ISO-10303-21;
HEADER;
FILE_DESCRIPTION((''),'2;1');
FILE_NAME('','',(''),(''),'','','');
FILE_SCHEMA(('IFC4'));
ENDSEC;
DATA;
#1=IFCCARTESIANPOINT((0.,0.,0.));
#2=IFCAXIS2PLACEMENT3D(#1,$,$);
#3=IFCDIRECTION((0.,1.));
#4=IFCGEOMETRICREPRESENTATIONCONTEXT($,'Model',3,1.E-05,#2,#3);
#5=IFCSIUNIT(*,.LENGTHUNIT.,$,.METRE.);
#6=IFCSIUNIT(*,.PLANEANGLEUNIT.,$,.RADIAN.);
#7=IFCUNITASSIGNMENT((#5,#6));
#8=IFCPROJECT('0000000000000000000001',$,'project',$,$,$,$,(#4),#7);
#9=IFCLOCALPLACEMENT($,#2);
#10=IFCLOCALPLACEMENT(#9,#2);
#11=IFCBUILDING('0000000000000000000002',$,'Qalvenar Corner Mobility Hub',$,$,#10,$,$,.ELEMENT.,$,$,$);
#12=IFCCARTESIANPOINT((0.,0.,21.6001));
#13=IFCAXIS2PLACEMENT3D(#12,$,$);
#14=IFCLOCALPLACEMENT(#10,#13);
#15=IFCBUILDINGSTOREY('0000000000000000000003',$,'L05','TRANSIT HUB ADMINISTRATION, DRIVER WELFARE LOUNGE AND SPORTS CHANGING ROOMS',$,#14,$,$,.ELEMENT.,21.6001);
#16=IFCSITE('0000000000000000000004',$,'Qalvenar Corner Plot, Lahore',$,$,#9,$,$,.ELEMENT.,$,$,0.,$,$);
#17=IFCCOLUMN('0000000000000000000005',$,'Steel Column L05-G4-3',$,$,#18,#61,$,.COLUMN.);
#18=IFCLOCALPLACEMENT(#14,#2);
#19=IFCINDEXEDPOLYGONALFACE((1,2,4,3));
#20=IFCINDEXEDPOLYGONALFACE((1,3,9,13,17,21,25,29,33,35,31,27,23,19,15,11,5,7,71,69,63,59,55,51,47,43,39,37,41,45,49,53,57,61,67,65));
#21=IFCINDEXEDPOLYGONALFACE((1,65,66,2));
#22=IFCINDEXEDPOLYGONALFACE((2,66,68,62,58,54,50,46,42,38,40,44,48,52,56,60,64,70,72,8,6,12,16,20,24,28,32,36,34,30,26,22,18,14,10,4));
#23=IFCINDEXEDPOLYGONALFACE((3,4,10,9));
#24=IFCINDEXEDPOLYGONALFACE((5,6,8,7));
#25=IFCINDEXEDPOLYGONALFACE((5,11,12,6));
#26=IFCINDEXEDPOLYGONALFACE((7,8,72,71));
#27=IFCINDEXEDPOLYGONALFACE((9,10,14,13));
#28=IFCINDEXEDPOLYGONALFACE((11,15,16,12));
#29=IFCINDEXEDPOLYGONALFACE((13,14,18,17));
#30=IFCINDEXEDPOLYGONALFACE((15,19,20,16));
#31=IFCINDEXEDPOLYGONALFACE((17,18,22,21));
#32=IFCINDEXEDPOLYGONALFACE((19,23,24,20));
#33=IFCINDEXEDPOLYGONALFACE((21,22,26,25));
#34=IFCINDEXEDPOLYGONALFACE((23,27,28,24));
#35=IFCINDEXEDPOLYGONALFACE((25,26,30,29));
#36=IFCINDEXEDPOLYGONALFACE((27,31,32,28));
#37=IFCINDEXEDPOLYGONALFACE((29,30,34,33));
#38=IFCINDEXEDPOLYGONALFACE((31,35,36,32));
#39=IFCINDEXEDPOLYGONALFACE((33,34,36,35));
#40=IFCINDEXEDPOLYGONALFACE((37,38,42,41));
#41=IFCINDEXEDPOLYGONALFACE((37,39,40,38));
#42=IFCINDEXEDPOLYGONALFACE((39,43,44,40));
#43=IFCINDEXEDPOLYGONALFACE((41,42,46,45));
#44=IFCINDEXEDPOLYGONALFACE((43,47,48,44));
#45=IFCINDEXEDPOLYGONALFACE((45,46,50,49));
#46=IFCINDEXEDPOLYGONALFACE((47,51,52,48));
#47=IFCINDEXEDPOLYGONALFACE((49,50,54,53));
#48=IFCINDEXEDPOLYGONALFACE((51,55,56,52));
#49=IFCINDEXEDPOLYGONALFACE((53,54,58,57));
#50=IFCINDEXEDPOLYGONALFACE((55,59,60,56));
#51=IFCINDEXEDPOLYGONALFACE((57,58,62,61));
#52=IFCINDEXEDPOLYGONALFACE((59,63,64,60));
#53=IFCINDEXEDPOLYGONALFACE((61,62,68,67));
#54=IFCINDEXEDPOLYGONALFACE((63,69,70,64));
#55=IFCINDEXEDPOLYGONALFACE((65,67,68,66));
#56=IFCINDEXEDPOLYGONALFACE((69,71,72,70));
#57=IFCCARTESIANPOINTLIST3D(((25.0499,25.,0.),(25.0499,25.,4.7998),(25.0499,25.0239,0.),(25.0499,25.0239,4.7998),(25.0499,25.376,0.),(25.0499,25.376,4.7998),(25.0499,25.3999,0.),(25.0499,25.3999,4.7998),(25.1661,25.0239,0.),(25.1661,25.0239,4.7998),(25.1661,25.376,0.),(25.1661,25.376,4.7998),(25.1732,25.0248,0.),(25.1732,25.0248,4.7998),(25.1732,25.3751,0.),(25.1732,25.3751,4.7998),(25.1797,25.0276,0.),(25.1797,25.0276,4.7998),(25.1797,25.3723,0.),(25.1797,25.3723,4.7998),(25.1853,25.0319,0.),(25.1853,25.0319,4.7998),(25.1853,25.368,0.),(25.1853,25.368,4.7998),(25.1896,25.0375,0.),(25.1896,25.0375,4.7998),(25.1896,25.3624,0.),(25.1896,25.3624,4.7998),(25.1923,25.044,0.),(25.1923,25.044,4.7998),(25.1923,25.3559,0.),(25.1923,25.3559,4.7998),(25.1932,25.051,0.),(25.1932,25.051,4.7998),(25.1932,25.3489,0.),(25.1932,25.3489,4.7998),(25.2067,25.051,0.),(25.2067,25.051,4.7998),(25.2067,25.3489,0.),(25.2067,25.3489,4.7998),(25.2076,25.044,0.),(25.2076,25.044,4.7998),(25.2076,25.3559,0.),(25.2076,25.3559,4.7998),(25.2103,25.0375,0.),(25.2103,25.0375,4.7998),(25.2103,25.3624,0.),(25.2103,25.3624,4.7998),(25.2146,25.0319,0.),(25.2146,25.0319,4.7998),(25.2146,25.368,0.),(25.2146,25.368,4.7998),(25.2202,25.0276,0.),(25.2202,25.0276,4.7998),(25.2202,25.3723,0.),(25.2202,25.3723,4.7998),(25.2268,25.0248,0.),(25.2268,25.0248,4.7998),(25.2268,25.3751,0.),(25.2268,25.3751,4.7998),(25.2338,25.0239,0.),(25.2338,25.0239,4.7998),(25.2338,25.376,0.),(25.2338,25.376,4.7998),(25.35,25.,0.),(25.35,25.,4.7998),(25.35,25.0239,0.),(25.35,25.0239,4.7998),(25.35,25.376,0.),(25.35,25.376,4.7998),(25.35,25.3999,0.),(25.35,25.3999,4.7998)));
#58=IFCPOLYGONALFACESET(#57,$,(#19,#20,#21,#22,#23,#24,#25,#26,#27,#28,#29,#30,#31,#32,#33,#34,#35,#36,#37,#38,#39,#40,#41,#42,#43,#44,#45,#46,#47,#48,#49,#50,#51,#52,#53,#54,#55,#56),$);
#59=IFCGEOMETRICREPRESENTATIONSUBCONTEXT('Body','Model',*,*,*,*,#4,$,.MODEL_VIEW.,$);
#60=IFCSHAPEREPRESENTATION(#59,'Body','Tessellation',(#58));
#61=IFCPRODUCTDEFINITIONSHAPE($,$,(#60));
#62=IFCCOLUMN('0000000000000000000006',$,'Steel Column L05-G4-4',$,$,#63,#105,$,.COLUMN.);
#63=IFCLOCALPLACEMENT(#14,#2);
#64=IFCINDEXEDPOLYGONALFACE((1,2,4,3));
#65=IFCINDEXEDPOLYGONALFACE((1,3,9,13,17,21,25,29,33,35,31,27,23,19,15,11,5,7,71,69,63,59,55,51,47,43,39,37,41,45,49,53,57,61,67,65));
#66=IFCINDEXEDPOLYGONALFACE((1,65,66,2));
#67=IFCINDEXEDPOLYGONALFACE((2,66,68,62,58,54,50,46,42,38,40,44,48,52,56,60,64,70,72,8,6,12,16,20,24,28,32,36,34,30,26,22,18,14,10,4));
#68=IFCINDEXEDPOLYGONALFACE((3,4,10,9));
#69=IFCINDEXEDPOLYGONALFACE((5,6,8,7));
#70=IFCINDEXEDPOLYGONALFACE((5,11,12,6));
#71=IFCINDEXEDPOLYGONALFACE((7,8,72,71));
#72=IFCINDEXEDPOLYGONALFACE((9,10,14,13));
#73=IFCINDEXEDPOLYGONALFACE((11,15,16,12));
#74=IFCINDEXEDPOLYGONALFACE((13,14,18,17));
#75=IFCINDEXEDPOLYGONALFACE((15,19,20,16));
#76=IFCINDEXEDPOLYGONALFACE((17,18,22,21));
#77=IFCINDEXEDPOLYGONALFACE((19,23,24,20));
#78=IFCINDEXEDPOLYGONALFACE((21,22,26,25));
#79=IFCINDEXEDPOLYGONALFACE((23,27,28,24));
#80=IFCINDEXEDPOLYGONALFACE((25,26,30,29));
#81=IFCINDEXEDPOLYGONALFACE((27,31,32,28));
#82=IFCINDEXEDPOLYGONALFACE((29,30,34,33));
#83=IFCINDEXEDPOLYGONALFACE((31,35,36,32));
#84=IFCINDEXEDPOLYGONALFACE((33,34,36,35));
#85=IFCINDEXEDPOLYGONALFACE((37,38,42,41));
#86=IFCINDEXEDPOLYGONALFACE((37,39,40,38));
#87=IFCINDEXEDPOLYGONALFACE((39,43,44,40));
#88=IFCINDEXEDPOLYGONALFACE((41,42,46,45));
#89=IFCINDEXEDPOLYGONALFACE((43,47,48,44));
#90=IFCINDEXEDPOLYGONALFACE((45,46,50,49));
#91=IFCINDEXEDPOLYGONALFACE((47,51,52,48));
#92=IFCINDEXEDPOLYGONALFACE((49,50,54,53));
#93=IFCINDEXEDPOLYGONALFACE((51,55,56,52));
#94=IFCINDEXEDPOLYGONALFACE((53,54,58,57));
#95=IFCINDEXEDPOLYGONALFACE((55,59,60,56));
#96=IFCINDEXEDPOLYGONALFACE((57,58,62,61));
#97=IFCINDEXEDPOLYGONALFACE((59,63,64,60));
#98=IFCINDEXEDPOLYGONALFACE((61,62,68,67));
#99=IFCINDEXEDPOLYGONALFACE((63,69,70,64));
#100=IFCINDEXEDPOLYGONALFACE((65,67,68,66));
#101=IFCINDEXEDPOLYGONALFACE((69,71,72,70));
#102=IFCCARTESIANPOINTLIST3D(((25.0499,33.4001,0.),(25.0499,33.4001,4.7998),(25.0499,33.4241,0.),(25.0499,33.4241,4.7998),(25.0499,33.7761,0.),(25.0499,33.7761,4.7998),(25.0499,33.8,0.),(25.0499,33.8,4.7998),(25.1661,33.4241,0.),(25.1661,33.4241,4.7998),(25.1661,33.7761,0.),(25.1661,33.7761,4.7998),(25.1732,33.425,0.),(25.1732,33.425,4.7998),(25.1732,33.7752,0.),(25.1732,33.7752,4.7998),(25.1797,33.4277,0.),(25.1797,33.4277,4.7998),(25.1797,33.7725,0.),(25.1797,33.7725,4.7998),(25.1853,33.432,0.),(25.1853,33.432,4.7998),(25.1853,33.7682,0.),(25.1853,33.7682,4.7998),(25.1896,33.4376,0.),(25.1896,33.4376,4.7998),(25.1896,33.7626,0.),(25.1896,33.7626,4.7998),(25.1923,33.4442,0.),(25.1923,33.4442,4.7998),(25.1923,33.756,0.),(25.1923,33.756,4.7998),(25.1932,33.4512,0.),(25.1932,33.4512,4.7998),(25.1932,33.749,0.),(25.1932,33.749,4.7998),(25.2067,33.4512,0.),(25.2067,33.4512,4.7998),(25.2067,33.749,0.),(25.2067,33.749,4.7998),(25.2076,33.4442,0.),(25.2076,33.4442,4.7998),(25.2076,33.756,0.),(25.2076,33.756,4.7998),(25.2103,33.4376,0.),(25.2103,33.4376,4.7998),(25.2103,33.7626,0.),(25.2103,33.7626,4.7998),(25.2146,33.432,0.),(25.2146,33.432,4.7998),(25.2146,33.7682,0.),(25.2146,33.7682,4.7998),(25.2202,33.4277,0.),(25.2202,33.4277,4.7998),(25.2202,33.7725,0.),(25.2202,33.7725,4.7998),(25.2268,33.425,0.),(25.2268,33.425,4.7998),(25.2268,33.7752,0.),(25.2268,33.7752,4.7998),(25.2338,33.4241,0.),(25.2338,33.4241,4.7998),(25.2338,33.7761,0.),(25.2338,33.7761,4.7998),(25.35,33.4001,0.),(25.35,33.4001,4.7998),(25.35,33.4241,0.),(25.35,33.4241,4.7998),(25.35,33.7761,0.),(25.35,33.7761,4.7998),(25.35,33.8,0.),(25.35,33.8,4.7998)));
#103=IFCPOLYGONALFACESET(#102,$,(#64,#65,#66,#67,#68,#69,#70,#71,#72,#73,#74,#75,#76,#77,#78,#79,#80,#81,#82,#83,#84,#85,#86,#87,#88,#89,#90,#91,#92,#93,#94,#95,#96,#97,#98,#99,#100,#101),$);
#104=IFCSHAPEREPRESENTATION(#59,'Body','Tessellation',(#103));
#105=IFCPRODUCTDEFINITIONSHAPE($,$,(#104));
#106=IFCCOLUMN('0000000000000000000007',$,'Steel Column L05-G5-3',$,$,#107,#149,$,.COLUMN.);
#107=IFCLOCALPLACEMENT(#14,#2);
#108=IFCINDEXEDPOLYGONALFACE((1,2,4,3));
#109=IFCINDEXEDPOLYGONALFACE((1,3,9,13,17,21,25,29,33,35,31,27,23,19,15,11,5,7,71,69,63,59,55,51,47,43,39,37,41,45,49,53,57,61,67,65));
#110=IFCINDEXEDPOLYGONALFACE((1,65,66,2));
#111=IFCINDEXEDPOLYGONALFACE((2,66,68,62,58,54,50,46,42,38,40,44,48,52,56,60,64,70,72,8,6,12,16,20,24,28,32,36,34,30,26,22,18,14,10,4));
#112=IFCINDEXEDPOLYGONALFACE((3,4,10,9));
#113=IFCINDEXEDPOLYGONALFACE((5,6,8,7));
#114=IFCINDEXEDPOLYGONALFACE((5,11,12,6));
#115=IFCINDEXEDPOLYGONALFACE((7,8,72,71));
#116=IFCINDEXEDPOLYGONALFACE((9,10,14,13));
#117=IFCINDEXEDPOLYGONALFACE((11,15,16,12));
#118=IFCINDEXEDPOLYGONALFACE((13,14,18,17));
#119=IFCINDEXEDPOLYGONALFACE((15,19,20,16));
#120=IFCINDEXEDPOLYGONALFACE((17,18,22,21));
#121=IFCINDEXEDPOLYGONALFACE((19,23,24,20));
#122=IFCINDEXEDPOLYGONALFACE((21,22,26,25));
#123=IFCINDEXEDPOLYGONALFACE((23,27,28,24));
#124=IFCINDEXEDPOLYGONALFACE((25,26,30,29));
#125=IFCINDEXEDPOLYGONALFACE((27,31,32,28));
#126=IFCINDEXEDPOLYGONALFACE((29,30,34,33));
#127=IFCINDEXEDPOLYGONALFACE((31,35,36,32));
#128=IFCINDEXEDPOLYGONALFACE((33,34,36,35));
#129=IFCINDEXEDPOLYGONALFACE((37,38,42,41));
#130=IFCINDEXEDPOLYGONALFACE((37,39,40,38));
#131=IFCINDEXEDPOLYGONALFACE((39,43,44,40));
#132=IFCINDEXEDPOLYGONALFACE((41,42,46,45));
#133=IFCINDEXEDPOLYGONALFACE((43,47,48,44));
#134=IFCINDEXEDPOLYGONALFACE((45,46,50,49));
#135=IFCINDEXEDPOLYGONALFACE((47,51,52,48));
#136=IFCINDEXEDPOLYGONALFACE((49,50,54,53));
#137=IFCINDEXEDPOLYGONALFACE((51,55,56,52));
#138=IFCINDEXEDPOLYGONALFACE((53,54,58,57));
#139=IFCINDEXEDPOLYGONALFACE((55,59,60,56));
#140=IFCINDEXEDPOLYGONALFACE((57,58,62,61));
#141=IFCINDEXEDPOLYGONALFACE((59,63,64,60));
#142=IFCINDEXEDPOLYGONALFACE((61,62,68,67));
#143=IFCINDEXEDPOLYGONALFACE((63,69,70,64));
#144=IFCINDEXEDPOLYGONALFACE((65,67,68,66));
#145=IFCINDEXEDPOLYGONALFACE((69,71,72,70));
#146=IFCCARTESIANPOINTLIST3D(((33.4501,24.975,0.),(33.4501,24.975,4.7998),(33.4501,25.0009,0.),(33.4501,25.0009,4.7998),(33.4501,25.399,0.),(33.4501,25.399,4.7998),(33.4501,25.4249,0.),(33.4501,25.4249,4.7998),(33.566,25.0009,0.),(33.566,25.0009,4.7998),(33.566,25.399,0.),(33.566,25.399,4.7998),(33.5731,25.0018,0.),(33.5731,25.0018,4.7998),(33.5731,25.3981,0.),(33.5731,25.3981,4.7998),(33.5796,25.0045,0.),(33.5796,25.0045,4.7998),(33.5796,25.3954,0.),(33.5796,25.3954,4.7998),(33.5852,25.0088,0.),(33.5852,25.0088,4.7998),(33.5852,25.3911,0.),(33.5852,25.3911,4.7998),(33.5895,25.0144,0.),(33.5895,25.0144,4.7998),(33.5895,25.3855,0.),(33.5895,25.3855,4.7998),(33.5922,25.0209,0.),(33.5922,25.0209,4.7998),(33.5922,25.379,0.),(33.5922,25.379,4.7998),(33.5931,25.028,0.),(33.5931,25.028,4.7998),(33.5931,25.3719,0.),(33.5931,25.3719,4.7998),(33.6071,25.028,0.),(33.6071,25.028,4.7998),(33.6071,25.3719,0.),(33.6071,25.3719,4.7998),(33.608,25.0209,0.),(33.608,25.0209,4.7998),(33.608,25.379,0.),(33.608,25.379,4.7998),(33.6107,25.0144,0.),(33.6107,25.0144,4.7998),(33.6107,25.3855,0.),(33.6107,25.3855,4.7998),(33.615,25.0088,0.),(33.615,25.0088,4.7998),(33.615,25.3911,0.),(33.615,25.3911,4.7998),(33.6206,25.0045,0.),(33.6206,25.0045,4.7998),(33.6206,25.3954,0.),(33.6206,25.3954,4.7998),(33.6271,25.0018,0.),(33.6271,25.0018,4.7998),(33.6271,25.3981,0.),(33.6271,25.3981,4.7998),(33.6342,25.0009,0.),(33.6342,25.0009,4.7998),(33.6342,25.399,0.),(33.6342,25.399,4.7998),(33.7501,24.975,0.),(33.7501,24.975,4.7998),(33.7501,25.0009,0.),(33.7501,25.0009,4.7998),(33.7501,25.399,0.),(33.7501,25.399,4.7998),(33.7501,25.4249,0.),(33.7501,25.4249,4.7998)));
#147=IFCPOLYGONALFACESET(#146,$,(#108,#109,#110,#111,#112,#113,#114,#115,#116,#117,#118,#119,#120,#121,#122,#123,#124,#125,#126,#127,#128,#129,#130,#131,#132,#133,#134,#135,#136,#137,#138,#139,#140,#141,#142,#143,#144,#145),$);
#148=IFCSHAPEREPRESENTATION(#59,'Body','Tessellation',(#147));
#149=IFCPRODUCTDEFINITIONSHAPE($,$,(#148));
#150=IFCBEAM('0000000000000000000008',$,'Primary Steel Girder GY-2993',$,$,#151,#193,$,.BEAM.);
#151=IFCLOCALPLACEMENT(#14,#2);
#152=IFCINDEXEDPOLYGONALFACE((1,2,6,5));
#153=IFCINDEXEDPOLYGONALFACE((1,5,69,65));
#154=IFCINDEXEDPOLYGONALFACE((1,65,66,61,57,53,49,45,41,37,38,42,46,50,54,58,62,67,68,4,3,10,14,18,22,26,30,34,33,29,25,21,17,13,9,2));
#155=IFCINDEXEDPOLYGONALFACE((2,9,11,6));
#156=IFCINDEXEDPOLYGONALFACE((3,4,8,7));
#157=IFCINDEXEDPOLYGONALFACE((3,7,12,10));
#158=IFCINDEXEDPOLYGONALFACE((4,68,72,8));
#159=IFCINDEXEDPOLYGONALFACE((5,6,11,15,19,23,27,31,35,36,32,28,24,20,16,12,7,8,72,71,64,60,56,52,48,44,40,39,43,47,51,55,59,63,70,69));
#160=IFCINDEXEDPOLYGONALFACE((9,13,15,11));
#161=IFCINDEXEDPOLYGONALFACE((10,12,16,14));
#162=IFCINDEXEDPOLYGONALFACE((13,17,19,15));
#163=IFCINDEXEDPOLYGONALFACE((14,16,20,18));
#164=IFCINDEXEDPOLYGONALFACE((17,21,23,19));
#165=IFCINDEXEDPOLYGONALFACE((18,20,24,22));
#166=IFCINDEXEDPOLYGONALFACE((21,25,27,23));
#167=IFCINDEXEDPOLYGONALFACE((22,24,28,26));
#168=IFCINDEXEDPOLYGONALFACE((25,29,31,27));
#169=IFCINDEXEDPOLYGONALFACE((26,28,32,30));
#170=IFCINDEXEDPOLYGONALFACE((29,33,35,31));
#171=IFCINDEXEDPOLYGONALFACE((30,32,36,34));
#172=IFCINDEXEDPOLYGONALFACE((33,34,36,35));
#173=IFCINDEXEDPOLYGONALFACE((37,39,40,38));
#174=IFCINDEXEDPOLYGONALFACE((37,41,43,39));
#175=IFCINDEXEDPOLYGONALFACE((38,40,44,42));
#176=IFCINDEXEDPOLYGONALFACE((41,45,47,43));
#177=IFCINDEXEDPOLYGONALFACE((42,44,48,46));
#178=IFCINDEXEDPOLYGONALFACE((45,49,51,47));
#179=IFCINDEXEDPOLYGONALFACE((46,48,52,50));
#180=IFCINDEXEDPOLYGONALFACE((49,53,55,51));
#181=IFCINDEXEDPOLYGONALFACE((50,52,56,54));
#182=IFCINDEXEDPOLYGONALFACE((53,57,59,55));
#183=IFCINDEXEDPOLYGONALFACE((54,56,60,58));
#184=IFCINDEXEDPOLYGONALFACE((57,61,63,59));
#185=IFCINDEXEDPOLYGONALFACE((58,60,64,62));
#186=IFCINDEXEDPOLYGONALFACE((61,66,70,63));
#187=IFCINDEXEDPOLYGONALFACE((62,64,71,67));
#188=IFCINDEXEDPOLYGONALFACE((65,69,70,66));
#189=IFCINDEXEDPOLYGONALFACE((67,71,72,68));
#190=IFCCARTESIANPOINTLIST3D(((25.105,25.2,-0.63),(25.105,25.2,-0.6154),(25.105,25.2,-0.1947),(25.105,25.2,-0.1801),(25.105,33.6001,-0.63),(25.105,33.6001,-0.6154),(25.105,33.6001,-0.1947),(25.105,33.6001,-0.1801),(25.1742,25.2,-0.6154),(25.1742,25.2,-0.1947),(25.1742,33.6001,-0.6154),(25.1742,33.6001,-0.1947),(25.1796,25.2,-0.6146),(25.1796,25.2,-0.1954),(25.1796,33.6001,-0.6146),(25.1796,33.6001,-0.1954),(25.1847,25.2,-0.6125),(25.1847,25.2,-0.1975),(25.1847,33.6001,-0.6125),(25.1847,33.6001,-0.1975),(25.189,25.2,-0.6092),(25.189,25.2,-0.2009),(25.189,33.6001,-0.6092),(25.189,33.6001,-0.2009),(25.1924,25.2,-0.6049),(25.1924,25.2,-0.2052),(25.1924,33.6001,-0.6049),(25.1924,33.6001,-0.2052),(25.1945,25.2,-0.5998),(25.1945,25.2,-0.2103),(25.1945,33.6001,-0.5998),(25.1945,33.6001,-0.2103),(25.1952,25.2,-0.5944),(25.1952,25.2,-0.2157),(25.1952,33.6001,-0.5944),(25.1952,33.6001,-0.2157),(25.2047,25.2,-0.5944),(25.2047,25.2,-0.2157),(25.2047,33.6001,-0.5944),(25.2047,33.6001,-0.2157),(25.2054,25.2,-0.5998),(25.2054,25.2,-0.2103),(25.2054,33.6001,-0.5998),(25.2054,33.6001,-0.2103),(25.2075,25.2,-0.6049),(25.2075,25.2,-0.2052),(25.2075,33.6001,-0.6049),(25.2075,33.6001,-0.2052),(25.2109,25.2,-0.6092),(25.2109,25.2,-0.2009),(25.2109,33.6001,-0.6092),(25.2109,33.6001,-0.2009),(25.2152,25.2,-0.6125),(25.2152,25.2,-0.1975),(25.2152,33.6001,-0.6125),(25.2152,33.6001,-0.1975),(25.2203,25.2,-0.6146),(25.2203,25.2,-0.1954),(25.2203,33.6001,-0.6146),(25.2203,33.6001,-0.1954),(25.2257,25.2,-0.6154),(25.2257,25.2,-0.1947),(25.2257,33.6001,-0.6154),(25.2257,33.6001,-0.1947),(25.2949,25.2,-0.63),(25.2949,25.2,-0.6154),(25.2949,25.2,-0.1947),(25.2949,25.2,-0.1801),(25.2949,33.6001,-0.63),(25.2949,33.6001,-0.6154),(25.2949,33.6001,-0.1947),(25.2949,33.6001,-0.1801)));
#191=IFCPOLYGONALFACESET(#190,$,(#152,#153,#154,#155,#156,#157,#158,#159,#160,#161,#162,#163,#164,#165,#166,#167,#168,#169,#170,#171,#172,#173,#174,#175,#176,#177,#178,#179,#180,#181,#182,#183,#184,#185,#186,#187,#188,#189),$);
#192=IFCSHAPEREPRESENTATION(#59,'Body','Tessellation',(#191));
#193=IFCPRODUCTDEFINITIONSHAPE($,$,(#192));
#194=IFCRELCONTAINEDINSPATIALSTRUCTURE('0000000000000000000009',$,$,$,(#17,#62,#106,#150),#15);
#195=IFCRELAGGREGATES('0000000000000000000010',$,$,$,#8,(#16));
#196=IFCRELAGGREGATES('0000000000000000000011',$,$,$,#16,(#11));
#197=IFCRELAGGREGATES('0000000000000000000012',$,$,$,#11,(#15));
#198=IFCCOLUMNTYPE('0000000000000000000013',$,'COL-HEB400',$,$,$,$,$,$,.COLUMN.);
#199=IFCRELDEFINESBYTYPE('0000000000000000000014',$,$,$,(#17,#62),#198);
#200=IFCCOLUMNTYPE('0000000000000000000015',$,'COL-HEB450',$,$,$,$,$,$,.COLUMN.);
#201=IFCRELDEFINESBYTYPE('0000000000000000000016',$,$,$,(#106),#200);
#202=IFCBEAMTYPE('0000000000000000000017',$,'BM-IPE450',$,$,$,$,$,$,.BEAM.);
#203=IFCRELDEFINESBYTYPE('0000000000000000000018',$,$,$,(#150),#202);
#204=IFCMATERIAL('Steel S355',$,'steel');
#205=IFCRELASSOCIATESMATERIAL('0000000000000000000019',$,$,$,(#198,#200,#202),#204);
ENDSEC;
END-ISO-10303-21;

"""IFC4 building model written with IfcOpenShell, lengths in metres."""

from ifc_helpers import new_model, si_unit, direction, frame, origin, origin_2d, place, context, subcontext, project, spatial, i_section, extrude, material, material_profile, profile_set, type_object, element, save


model = new_model("IFC4")

# Units and contexts
model_context = context("Model", 3, precision=1e-05, world=origin(), true_north=direction((0.0, 1.0)))
body_context = subcontext(model_context, "Body", "Model", "MODEL_VIEW")
ifc_project = project(units=[si_unit("LENGTHUNIT", "METRE"), si_unit("PLANEANGLEUNIT", "RADIAN")], contexts=[model_context])

# Site, building, storey
site_placement = place(None, origin())
site = spatial("IfcSite", under=ifc_project, at=site_placement, Name="Qalvenar Corner Plot, Lahore", CompositionType="ELEMENT", RefElevation=0.0)
building_placement = place(site_placement, origin())
building = spatial("IfcBuilding", under=site, at=building_placement, Name="Qalvenar Corner Mobility Hub", CompositionType="ELEMENT")
storey_placement = place(building_placement, frame((0.0, 0.0, 21.6001)))
storey = spatial("IfcBuildingStorey", under=building, at=storey_placement, Name="L05", Description="TRANSIT HUB ADMINISTRATION, DRIVER WELFARE LOUNGE AND SPORTS CHANGING ROOMS", CompositionType="ELEMENT", Elevation=21.6001)

# Columns
ifc_material_1 = material(Name="Steel S355", Category="steel")
ifc_material_profile_1 = material_profile(ifc_material_1, i_section(OverallWidth=0.3, OverallDepth=0.3999, WebThickness=0.0134, FlangeThickness=0.0239, FilletRadius=0.0271, at=origin_2d()), Name="HEB400")
ifc_profile_set_1 = profile_set([ifc_material_profile_1], Name="Steel S355")
column_type_1 = type_object("IfcColumnType", Name="COL-HEB400", PredefinedType="COLUMN", material=ifc_profile_set_1)
for number, where, z_axis, x_axis, name in (
    (1, (25.2, 25.2, 0.0), (0.0, 0.0, 1.0), (1.0, 0.0, 0.0), "Steel Column L05-G4-3"),
    (2, (25.2, 33.6001, 0.0), (0.0, 0.0, 1.0), (1.0, 0.0, 0.0), "Steel Column L05-G4-4"),
):
    element("IfcColumn", number, at=place(storey_placement, frame(where, z_axis=z_axis, x_axis=x_axis)), inside=storey, type_object=column_type_1, Name=name, PredefinedType="COLUMN", context=body_context, shape_type="SweptSolid", body=[
        extrude(i_section(OverallWidth=0.3, OverallDepth=0.3999, WebThickness=0.0134, FlangeThickness=0.0239, FilletRadius=0.0271, at=origin_2d()), origin(), (0.0, 0.0, 1.0), 4.7998),
    ])
ifc_material_profile_2 = material_profile(ifc_material_1, i_section(OverallWidth=0.3, OverallDepth=0.45, WebThickness=0.0139, FlangeThickness=0.0259, FilletRadius=0.0271, at=origin_2d()), Name="HEB450")
ifc_profile_set_2 = profile_set([ifc_material_profile_2], Name="Steel S355")
column_type_2 = type_object("IfcColumnType", Name="COL-HEB450", PredefinedType="COLUMN", material=ifc_profile_set_2)
column_placement = place(storey_placement, frame((33.6001, 25.2, 0.0), z_axis=(0.0, 0.0, 1.0), x_axis=(1.0, 0.0, 0.0)))
element("IfcColumn", 3, at=column_placement, inside=storey, type_object=column_type_2, Name="Steel Column L05-G5-3", PredefinedType="COLUMN", context=body_context, shape_type="SweptSolid", body=[
    extrude(i_section(OverallWidth=0.3, OverallDepth=0.45, WebThickness=0.0139, FlangeThickness=0.0259, FilletRadius=0.0271, at=origin_2d()), origin(), (0.0, 0.0, 1.0), 4.7998),
])

# Beam
ifc_material_profile_3 = material_profile(ifc_material_1, i_section(OverallWidth=0.1899, OverallDepth=0.45, WebThickness=0.0095, FlangeThickness=0.0146, FilletRadius=0.021, at=origin_2d()), Name="IPE450")
ifc_profile_set_3 = profile_set([ifc_material_profile_3], Name="Steel S355")
beam_type_1 = type_object("IfcBeamType", Name="BM-IPE450", PredefinedType="BEAM", material=ifc_profile_set_3)
beam_1_placement = place(storey_placement, frame((25.2, 25.2, -0.405), z_axis=(0.0, 1.0, 0.0), x_axis=(-1.0, 0.0, 0.0)))
element("IfcBeam", 4, at=beam_1_placement, inside=storey, type_object=beam_type_1, Name="Primary Steel Girder GY-2993", PredefinedType="BEAM", context=body_context, shape_type="SweptSolid", body=[
    extrude(i_section(OverallWidth=0.1899, OverallDepth=0.45, WebThickness=0.0095, FlangeThickness=0.0146, FilletRadius=0.021, at=origin_2d()), origin(), (0.0, 0.0, 1.0), 8.4001),
])

save(model, "model.ifc")
